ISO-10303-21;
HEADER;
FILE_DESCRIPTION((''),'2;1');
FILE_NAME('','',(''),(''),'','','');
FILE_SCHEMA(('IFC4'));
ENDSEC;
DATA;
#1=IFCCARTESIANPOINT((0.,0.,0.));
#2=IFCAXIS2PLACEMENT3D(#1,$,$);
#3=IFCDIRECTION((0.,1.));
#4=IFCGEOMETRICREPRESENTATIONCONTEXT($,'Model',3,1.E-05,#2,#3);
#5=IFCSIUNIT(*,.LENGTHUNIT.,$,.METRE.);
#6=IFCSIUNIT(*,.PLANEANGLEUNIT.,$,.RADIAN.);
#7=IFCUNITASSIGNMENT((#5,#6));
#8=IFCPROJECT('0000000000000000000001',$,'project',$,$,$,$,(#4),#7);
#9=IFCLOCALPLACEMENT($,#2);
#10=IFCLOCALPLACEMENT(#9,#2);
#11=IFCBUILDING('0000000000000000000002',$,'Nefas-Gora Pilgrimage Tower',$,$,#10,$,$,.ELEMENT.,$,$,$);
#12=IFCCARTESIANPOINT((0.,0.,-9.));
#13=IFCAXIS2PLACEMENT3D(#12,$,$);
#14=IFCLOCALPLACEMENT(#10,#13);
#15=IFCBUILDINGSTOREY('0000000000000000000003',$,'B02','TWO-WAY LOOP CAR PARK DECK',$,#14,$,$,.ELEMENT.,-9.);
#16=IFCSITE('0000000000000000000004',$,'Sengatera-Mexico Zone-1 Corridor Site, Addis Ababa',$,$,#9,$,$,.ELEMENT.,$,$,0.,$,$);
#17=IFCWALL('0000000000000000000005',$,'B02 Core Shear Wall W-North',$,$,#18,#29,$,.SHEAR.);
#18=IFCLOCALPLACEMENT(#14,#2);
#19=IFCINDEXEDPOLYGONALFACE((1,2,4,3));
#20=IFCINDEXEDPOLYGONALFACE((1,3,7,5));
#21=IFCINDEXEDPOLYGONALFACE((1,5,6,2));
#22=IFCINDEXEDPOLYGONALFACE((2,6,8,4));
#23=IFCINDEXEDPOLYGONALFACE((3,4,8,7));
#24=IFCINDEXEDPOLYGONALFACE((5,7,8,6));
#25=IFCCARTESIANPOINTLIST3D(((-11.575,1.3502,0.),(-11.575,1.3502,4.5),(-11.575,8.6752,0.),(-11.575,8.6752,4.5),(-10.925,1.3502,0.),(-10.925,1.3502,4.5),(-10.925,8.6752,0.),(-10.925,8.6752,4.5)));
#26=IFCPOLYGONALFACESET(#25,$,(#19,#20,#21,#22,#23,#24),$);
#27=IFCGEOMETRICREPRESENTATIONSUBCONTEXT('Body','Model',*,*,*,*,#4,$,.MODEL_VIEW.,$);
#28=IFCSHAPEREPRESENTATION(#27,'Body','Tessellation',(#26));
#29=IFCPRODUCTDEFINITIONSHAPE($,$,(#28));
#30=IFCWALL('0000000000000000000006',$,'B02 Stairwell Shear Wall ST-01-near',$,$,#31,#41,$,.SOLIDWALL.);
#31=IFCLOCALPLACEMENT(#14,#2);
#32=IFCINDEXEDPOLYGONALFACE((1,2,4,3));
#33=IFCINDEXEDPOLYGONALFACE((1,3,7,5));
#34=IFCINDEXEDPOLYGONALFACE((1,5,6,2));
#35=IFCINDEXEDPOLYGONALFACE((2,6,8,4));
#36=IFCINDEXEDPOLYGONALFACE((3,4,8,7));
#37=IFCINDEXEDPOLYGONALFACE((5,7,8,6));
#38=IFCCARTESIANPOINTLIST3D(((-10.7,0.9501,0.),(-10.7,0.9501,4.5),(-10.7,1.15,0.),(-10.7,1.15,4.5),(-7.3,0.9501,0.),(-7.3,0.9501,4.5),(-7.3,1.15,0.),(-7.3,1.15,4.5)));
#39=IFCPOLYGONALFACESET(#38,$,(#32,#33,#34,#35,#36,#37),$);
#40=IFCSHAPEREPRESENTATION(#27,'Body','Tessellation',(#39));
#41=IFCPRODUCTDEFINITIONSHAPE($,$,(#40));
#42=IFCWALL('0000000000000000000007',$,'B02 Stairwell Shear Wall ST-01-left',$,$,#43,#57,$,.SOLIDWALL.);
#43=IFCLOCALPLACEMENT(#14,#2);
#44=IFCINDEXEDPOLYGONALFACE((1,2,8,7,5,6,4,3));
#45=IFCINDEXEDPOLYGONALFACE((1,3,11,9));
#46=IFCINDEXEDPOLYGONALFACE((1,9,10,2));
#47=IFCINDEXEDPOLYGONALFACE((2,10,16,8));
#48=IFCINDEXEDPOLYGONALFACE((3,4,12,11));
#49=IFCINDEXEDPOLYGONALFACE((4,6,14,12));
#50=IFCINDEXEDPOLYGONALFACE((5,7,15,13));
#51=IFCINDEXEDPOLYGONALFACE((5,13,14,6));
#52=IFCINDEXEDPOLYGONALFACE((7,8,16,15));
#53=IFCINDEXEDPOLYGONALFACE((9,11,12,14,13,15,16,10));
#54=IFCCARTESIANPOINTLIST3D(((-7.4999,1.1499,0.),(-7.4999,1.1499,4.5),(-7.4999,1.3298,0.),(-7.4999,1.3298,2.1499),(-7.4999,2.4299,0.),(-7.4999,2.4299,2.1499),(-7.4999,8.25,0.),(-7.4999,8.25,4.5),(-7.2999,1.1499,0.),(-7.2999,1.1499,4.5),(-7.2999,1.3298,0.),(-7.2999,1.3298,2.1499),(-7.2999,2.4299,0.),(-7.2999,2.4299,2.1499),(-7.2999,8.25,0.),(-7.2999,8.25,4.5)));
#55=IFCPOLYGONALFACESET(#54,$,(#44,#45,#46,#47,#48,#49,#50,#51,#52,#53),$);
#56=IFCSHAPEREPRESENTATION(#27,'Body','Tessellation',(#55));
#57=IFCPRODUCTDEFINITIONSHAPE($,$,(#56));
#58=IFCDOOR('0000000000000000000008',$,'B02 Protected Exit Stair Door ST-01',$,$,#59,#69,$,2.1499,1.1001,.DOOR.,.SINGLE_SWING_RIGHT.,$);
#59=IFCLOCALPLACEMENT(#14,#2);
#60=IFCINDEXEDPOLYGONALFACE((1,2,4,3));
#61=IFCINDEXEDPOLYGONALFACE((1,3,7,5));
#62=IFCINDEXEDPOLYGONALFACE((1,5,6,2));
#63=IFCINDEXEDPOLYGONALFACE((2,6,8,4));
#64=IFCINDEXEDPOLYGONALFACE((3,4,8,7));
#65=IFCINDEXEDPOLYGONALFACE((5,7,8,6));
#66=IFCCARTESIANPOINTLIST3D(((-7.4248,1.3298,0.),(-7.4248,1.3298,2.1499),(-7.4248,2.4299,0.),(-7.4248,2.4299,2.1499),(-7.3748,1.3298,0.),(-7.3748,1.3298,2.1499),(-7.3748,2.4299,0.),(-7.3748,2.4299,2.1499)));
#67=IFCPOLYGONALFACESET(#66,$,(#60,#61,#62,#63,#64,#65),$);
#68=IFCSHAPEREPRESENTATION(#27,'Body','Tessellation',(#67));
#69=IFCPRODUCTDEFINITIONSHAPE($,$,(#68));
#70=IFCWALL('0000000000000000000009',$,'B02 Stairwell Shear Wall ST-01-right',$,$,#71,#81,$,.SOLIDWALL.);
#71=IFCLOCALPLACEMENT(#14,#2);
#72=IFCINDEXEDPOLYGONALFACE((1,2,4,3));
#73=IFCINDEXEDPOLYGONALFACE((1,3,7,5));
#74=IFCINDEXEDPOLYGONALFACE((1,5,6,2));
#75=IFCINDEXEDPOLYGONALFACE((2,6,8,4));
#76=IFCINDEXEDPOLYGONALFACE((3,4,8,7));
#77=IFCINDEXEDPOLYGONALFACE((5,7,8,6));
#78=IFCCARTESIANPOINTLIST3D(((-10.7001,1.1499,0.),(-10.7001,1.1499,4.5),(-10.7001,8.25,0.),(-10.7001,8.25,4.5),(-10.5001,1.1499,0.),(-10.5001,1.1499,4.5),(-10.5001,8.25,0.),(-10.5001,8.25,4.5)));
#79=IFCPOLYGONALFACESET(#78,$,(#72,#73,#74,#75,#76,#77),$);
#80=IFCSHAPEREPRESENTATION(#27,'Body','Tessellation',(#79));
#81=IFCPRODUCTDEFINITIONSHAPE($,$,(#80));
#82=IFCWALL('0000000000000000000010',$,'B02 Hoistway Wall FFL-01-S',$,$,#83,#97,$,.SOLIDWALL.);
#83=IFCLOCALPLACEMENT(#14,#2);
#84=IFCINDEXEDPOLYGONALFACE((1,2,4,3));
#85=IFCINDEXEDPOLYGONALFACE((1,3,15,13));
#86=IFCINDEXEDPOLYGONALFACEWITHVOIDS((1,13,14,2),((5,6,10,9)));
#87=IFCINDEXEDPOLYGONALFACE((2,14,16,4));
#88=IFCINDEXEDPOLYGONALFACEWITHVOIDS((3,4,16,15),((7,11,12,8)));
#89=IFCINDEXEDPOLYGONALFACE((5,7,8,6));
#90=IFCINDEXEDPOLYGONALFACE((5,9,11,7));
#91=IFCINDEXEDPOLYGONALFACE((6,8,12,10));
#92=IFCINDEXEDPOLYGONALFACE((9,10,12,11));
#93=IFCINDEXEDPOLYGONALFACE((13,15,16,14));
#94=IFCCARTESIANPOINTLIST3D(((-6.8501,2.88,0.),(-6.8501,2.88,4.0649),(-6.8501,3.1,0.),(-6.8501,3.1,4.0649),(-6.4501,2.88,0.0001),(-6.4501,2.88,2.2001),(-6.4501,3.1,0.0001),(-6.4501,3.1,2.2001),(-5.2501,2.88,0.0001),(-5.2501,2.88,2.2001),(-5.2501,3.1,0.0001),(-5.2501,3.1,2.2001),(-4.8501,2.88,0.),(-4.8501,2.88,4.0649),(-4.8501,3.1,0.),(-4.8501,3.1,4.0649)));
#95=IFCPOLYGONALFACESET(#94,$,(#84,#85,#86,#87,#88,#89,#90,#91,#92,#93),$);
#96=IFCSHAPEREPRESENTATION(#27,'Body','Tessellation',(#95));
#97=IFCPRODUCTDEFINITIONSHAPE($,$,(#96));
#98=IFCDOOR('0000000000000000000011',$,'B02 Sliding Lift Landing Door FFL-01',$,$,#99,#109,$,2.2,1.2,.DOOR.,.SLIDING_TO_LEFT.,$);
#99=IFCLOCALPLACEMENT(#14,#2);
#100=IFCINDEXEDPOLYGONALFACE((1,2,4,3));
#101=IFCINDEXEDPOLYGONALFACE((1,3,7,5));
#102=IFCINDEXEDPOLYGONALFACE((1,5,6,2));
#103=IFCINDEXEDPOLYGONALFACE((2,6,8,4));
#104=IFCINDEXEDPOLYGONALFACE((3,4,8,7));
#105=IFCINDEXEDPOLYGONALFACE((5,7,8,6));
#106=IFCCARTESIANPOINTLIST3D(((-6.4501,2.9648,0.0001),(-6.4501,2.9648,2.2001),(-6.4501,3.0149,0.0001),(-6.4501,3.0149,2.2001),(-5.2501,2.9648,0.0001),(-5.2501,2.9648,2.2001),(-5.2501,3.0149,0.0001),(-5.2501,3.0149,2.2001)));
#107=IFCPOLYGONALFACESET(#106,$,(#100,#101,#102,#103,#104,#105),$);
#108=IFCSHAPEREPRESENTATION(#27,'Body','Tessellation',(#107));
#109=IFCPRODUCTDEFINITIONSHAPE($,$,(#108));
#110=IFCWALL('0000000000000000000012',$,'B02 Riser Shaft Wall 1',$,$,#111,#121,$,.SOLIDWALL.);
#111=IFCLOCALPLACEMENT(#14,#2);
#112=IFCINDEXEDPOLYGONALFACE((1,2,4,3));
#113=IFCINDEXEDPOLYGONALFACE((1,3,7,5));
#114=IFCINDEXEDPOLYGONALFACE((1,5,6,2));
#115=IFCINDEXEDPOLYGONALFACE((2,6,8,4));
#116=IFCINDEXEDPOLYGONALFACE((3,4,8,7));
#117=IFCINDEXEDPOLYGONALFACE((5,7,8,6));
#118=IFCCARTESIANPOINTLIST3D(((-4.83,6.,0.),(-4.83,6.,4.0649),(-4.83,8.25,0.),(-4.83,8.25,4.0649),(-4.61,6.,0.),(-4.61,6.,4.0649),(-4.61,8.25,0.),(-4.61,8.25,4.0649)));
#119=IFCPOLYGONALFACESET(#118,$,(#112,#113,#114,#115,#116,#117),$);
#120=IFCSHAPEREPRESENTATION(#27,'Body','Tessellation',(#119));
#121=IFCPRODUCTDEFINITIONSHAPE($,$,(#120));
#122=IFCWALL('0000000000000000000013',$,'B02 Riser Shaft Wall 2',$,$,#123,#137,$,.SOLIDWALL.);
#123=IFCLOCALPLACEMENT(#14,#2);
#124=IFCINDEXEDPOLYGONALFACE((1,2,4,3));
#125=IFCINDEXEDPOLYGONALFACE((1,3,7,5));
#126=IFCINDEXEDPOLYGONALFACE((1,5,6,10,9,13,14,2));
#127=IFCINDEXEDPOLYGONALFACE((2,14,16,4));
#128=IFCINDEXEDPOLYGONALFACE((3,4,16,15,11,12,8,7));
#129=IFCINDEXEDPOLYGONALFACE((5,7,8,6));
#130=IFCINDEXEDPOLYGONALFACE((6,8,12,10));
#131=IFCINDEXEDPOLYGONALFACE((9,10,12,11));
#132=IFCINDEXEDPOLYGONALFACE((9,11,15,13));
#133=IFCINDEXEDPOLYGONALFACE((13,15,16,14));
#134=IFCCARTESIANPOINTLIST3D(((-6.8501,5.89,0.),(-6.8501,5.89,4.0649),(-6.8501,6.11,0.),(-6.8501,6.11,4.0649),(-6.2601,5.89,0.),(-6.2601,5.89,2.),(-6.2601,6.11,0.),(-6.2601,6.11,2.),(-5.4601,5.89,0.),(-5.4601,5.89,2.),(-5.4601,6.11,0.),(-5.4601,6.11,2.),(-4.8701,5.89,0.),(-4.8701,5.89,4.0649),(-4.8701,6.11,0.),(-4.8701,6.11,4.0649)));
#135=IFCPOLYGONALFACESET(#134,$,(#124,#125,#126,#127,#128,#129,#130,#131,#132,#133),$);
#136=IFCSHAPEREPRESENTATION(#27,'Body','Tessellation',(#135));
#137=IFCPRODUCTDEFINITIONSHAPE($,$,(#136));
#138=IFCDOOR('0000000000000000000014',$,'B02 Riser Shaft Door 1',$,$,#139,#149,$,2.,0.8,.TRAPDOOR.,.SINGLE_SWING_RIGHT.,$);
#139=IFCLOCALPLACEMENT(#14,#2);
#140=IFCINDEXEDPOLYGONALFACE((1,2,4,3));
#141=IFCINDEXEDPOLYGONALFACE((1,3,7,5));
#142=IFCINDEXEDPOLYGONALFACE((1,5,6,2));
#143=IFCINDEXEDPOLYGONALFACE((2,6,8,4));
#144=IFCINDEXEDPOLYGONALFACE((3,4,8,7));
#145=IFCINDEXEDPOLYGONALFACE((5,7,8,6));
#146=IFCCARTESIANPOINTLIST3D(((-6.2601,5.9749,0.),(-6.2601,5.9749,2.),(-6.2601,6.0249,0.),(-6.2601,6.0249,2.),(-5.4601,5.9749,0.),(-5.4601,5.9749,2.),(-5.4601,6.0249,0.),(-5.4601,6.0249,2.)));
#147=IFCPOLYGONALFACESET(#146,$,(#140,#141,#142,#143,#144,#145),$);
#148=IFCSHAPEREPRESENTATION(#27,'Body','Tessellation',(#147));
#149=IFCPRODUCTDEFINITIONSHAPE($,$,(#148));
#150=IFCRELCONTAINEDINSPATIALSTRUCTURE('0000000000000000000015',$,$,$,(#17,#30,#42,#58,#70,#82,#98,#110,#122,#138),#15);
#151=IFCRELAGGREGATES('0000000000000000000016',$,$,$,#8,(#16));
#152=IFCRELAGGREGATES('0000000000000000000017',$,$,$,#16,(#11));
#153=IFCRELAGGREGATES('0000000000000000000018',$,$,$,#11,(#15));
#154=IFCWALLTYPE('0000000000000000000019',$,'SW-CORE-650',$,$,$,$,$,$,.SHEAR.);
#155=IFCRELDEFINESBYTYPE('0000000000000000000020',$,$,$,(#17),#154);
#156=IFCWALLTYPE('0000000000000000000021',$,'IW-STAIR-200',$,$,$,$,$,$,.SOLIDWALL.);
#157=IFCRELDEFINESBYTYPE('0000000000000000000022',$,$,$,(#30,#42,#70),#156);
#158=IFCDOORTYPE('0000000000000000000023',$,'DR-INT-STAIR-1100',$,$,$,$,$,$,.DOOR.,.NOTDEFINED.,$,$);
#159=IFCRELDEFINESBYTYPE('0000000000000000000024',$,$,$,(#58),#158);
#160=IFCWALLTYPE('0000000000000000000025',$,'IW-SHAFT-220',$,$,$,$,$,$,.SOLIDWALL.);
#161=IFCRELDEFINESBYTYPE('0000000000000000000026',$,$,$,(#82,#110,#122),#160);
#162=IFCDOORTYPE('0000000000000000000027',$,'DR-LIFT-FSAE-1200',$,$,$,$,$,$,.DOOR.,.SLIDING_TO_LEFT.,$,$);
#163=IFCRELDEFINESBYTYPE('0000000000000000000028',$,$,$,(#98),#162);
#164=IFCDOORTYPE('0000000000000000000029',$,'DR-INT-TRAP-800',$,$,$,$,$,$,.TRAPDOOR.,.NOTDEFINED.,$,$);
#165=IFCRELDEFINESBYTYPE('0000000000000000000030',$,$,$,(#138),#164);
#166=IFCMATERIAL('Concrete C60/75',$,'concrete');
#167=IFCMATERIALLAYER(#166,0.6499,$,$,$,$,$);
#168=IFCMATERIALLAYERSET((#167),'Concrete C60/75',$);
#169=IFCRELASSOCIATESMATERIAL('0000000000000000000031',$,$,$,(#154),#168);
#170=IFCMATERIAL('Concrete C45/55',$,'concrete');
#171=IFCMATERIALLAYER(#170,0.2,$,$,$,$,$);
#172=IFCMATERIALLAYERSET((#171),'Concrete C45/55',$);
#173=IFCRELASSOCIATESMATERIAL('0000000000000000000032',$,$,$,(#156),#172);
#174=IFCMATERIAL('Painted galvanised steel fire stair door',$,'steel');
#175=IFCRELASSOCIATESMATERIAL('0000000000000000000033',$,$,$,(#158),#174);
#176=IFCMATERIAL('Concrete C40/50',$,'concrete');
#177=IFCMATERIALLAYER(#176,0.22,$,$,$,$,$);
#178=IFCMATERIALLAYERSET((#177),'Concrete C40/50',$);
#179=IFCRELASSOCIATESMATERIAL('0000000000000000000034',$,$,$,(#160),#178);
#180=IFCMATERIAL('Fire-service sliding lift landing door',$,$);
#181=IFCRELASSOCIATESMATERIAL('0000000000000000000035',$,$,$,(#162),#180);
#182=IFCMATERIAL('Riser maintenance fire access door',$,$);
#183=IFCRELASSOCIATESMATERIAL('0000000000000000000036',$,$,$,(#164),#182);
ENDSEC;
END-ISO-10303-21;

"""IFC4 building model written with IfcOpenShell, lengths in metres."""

from ifc_helpers import new_model, si_unit, direction, frame, frame_2d, origin, place, context, subcontext, project, spatial, rectangle, extrude, source, transform, mapped, material, layer, layer_set, type_object, element, fill, save


model = new_model("IFC4")

# Units and contexts
model_context = context("Model", 3, precision=1e-05, world=origin(), true_north=direction((0.0, 1.0)))
body_context = subcontext(model_context, "Body", "Model", "MODEL_VIEW")
ifc_project = project(units=[si_unit("LENGTHUNIT", "METRE"), si_unit("PLANEANGLEUNIT", "RADIAN")], contexts=[model_context])

# Site, building, storey
site_placement = place(None, origin())
site = spatial("IfcSite", under=ifc_project, at=site_placement, Name="Sengatera-Mexico Zone-1 Corridor Site, Addis Ababa", CompositionType="ELEMENT", RefElevation=0.0)
building_placement = place(site_placement, origin())
building = spatial("IfcBuilding", under=site, at=building_placement, Name="Nefas-Gora Pilgrimage Tower", CompositionType="ELEMENT")
storey_placement = place(building_placement, frame((0.0, 0.0, -9.0)))
storey = spatial("IfcBuildingStorey", under=building, at=storey_placement, Name="B02", Description="TWO-WAY LOOP CAR PARK DECK", CompositionType="ELEMENT", Elevation=-9.0)

# Shared definitions
ifc_material_1 = material(Name="Concrete C45/55", Category="concrete")

# Walls
ifc_material_2 = material(Name="Concrete C60/75", Category="concrete")
ifc_layer_1 = layer(ifc_material_2, 0.6499)
ifc_layer_set_1 = layer_set([ifc_layer_1], Name="Concrete C60/75")
wall_type_1 = type_object("IfcWallType", Name="SW-CORE-650", PredefinedType="SHEAR", material=ifc_layer_set_1)
shared_shape_1 = source(origin(), body_context, "Body", "SweptSolid", [
    extrude(rectangle(XDim=7.325, YDim=0.6499, at=frame_2d((3.6626, 0.0))), origin(), (0.0, 0.0, 1.0), 4.5),
])
wall_1_placement = place(storey_placement, frame((-11.25, 1.3501, 0.0), z_axis=(0.0, 0.0, 1.0), x_axis=(0.0, 1.0, 0.0)))
element("IfcWall", 1, at=wall_1_placement, inside=storey, type_object=wall_type_1, Name="B02 Core Shear Wall W-North", PredefinedType="SHEAR", context=body_context, shape_type="MappedRepresentation", body=[
    mapped(shared_shape_1, transform((0.0, 0.0, 0.0), x_axis=(1.0, 0.0, 0.0), y_axis=(0.0, 1.0, 0.0), z_axis=(0.0, 0.0, 1.0), scale=1.0)),
])
ifc_layer_2 = layer(ifc_material_1, 0.2)
ifc_layer_set_2 = layer_set([ifc_layer_2], Name="Concrete C45/55")
wall_type_2 = type_object("IfcWallType", Name="IW-STAIR-200", PredefinedType="SOLIDWALL", material=ifc_layer_set_2)
shared_shape_2 = source(origin(), body_context, "Body", "SweptSolid", [
    extrude(rectangle(XDim=3.3999, YDim=0.2, at=frame_2d((1.7, 0.0))), origin(), (0.0, 0.0, 1.0), 4.5),
])
wall_2_placement = place(storey_placement, frame((-7.3, 1.05, 0.0), z_axis=(0.0, 0.0, 1.0), x_axis=(-1.0, 0.0, 0.0)))
element("IfcWall", 2, at=wall_2_placement, inside=storey, type_object=wall_type_2, Name="B02 Stairwell Shear Wall ST-01-near", PredefinedType="SOLIDWALL", context=body_context, shape_type="MappedRepresentation", body=[
    mapped(shared_shape_2, transform((0.0, 0.0, 0.0), x_axis=(1.0, 0.0, 0.0), y_axis=(0.0, 1.0, 0.0), z_axis=(0.0, 0.0, 1.0), scale=1.0)),
])

# Wall, opening, door
shared_shape_3 = source(origin(), body_context, "Body", "SweptSolid", [
    extrude(rectangle(XDim=7.1001, YDim=0.2, at=frame_2d((3.55, 0.0))), origin(), (0.0, 0.0, 1.0), 4.5),
])
wall_3_placement = place(storey_placement, frame((-7.3999, 1.1499, 0.0), z_axis=(0.0, 0.0, 1.0), x_axis=(0.0, 1.0, 0.0)))
wall_3 = element("IfcWall", 3, at=wall_3_placement, inside=storey, type_object=wall_type_2, Name="B02 Stairwell Shear Wall ST-01-left", PredefinedType="SOLIDWALL", context=body_context, shape_type="MappedRepresentation", body=[
    mapped(shared_shape_3, transform((0.0, 0.0, 0.0), x_axis=(1.0, 0.0, 0.0), y_axis=(0.0, 1.0, 0.0), z_axis=(0.0, 0.0, 1.0), scale=1.0)),
])
opening_1_placement = place(wall_3_placement, frame((0.1799, 0.0, 0.0)))
opening_1 = element("IfcOpeningElement", 4, at=opening_1_placement, cuts=wall_3, PredefinedType="OPENING", context=body_context, shape_type="SweptSolid", body=[
    extrude(rectangle(XDim=1.1001, YDim=2.1499, at=frame_2d((0.55, 1.075))), frame((0.0, 0.1099, 0.0), z_axis=(0.0, -1.0, 0.0), x_axis=(1.0, 0.0, 0.0)), (0.0, 0.0, 1.0), 0.22),
])
ifc_material_3 = material(Name="Painted galvanised steel fire stair door", Category="steel")
door_type_1 = type_object("IfcDoorType", Name="DR-INT-STAIR-1100", OperationType="NOTDEFINED", PredefinedType="DOOR", material=ifc_material_3)
shared_shape_4 = source(origin(), body_context, "Body", "SweptSolid", [
    extrude(rectangle(XDim=1.1001, YDim=2.1499, at=frame_2d((0.55, 1.075))), frame((0.0, 0.0249, 0.0), z_axis=(0.0, -1.0, 0.0), x_axis=(1.0, 0.0, 0.0)), (0.0, 0.0, 1.0), 0.05),
])
door_1_placement = place(opening_1_placement, origin())
door_1 = element("IfcDoor", 5, at=door_1_placement, inside=storey, type_object=door_type_1, Name="B02 Protected Exit Stair Door ST-01", OperationType="SINGLE_SWING_RIGHT", OverallHeight=2.1499, OverallWidth=1.1001, PredefinedType="DOOR", context=body_context, shape_type="MappedRepresentation", body=[
    mapped(shared_shape_4, transform((0.0, 0.0, 0.0), x_axis=(1.0, 0.0, 0.0), y_axis=(0.0, 1.0, 0.0), z_axis=(0.0, 0.0, 1.0), scale=1.0)),
])
fill(opening_1, door_1)

# Wall
wall_4_placement = place(storey_placement, frame((-10.6001, 1.1499, 0.0), z_axis=(0.0, 0.0, 1.0), x_axis=(0.0, 1.0, 0.0)))
element("IfcWall", 6, at=wall_4_placement, inside=storey, type_object=wall_type_2, Name="B02 Stairwell Shear Wall ST-01-right", PredefinedType="SOLIDWALL", context=body_context, shape_type="MappedRepresentation", body=[
    mapped(shared_shape_3, transform((0.0, 0.0, 0.0), x_axis=(1.0, 0.0, 0.0), y_axis=(0.0, 1.0, 0.0), z_axis=(0.0, 0.0, 1.0), scale=1.0)),
])

# Wall, opening, door
ifc_material_4 = material(Name="Concrete C40/50", Category="concrete")
ifc_layer_3 = layer(ifc_material_4, 0.22)
ifc_layer_set_3 = layer_set([ifc_layer_3], Name="Concrete C40/50")
wall_type_3 = type_object("IfcWallType", Name="IW-SHAFT-220", PredefinedType="SOLIDWALL", material=ifc_layer_set_3)
shared_shape_5 = source(origin(), body_context, "Body", "SweptSolid", [
    extrude(rectangle(XDim=2.0, YDim=0.22, at=frame_2d((1.0, 0.0))), origin(), (0.0, 0.0, 1.0), 4.0649),
])
wall_5_placement = place(storey_placement, frame((-6.8501, 2.99, 0.0), z_axis=(0.0, 0.0, 1.0), x_axis=(1.0, 0.0, 0.0)))
wall_5 = element("IfcWall", 7, at=wall_5_placement, inside=storey, type_object=wall_type_3, Name="B02 Hoistway Wall FFL-01-S", PredefinedType="SOLIDWALL", context=body_context, shape_type="MappedRepresentation", body=[
    mapped(shared_shape_5, transform((0.0, 0.0, 0.0), x_axis=(1.0, 0.0, 0.0), y_axis=(0.0, 1.0, 0.0), z_axis=(0.0, 0.0, 1.0), scale=1.0)),
])
opening_2_placement = place(wall_5_placement, frame((0.3999, 0.0, 0.0)))
opening_2 = element("IfcOpeningElement", 8, at=opening_2_placement, cuts=wall_5, PredefinedType="OPENING", context=body_context, shape_type="SweptSolid", body=[
    extrude(rectangle(XDim=1.2, YDim=2.2, at=frame_2d((0.6001, 1.1001))), frame((0.0, 0.1199, 0.0), z_axis=(0.0, -1.0, 0.0), x_axis=(1.0, 0.0, 0.0)), (0.0, 0.0, 1.0), 0.24),
])
ifc_material_5 = material(Name="Fire-service sliding lift landing door")
door_type_2 = type_object("IfcDoorType", Name="DR-LIFT-FSAE-1200", OperationType="SLIDING_TO_LEFT", PredefinedType="DOOR", material=ifc_material_5)
shared_shape_6 = source(origin(), body_context, "Body", "SweptSolid", [
    extrude(rectangle(XDim=1.2, YDim=2.2, at=frame_2d((0.6001, 1.1001))), frame((0.0, 0.0249, 0.0), z_axis=(0.0, -1.0, 0.0), x_axis=(1.0, 0.0, 0.0)), (0.0, 0.0, 1.0), 0.05),
])
door_2_placement = place(opening_2_placement, origin())
door_2 = element("IfcDoor", 9, at=door_2_placement, inside=storey, type_object=door_type_2, Name="B02 Sliding Lift Landing Door FFL-01", OperationType="SLIDING_TO_LEFT", OverallHeight=2.2, OverallWidth=1.2, PredefinedType="DOOR", context=body_context, shape_type="MappedRepresentation", body=[
    mapped(shared_shape_6, transform((0.0, 0.0, 0.0), x_axis=(1.0, 0.0, 0.0), y_axis=(0.0, 1.0, 0.0), z_axis=(0.0, 0.0, 1.0), scale=1.0)),
])
fill(opening_2, door_2)

# Wall
shared_shape_7 = source(origin(), body_context, "Body", "SweptSolid", [
    extrude(rectangle(XDim=2.25, YDim=0.22, at=frame_2d((1.125, 0.0))), origin(), (0.0, 0.0, 1.0), 4.0649),
])
wall_6_placement = place(storey_placement, frame((-4.72, 6.0, 0.0), z_axis=(0.0, 0.0, 1.0), x_axis=(0.0, 1.0, 0.0)))
element("IfcWall", 10, at=wall_6_placement, inside=storey, type_object=wall_type_3, Name="B02 Riser Shaft Wall 1", PredefinedType="SOLIDWALL", context=body_context, shape_type="MappedRepresentation", body=[
    mapped(shared_shape_7, transform((0.0, 0.0, 0.0), x_axis=(1.0, 0.0, 0.0), y_axis=(0.0, 1.0, 0.0), z_axis=(0.0, 0.0, 1.0), scale=1.0)),
])

# Wall, opening, door
shared_shape_8 = source(origin(), body_context, "Body", "SweptSolid", [
    extrude(rectangle(XDim=1.98, YDim=0.22, at=frame_2d((0.99, 0.0))), origin(), (0.0, 0.0, 1.0), 4.0649),
])
wall_7_placement = place(storey_placement, frame((-6.8501, 6.0, 0.0), z_axis=(0.0, 0.0, 1.0), x_axis=(1.0, 0.0, 0.0)))
wall_7 = element("IfcWall", 11, at=wall_7_placement, inside=storey, type_object=wall_type_3, Name="B02 Riser Shaft Wall 2", PredefinedType="SOLIDWALL", context=body_context, shape_type="MappedRepresentation", body=[
    mapped(shared_shape_8, transform((0.0, 0.0, 0.0), x_axis=(1.0, 0.0, 0.0), y_axis=(0.0, 1.0, 0.0), z_axis=(0.0, 0.0, 1.0), scale=1.0)),
])
opening_3_placement = place(wall_7_placement, frame((0.5901, 0.0, 0.0)))
opening_3 = element("IfcOpeningElement", 12, at=opening_3_placement, cuts=wall_7, PredefinedType="OPENING", context=body_context, shape_type="SweptSolid", body=[
    extrude(rectangle(XDim=0.8, YDim=2.0, at=frame_2d((0.3999, 1.0))), frame((0.0, 0.1199, 0.0), z_axis=(0.0, -1.0, 0.0), x_axis=(1.0, 0.0, 0.0)), (0.0, 0.0, 1.0), 0.24),
])
ifc_material_6 = material(Name="Riser maintenance fire access door")
door_type_3 = type_object("IfcDoorType", Name="DR-INT-TRAP-800", OperationType="NOTDEFINED", PredefinedType="TRAPDOOR", material=ifc_material_6)
shared_shape_9 = source(origin(), body_context, "Body", "SweptSolid", [
    extrude(rectangle(XDim=0.8, YDim=2.0, at=frame_2d((0.3999, 1.0))), frame((0.0, 0.0249, 0.0), z_axis=(0.0, -1.0, 0.0), x_axis=(1.0, 0.0, 0.0)), (0.0, 0.0, 1.0), 0.05),
])
door_3_placement = place(opening_3_placement, origin())
door_3 = element("IfcDoor", 13, at=door_3_placement, inside=storey, type_object=door_type_3, Name="B02 Riser Shaft Door 1", OperationType="SINGLE_SWING_RIGHT", OverallHeight=2.0, OverallWidth=0.8, PredefinedType="TRAPDOOR", context=body_context, shape_type="MappedRepresentation", body=[
    mapped(shared_shape_9, transform((0.0, 0.0, 0.0), x_axis=(1.0, 0.0, 0.0), y_axis=(0.0, 1.0, 0.0), z_axis=(0.0, 0.0, 1.0), scale=1.0)),
])
fill(opening_3, door_3)

save(model, "model.ifc")
